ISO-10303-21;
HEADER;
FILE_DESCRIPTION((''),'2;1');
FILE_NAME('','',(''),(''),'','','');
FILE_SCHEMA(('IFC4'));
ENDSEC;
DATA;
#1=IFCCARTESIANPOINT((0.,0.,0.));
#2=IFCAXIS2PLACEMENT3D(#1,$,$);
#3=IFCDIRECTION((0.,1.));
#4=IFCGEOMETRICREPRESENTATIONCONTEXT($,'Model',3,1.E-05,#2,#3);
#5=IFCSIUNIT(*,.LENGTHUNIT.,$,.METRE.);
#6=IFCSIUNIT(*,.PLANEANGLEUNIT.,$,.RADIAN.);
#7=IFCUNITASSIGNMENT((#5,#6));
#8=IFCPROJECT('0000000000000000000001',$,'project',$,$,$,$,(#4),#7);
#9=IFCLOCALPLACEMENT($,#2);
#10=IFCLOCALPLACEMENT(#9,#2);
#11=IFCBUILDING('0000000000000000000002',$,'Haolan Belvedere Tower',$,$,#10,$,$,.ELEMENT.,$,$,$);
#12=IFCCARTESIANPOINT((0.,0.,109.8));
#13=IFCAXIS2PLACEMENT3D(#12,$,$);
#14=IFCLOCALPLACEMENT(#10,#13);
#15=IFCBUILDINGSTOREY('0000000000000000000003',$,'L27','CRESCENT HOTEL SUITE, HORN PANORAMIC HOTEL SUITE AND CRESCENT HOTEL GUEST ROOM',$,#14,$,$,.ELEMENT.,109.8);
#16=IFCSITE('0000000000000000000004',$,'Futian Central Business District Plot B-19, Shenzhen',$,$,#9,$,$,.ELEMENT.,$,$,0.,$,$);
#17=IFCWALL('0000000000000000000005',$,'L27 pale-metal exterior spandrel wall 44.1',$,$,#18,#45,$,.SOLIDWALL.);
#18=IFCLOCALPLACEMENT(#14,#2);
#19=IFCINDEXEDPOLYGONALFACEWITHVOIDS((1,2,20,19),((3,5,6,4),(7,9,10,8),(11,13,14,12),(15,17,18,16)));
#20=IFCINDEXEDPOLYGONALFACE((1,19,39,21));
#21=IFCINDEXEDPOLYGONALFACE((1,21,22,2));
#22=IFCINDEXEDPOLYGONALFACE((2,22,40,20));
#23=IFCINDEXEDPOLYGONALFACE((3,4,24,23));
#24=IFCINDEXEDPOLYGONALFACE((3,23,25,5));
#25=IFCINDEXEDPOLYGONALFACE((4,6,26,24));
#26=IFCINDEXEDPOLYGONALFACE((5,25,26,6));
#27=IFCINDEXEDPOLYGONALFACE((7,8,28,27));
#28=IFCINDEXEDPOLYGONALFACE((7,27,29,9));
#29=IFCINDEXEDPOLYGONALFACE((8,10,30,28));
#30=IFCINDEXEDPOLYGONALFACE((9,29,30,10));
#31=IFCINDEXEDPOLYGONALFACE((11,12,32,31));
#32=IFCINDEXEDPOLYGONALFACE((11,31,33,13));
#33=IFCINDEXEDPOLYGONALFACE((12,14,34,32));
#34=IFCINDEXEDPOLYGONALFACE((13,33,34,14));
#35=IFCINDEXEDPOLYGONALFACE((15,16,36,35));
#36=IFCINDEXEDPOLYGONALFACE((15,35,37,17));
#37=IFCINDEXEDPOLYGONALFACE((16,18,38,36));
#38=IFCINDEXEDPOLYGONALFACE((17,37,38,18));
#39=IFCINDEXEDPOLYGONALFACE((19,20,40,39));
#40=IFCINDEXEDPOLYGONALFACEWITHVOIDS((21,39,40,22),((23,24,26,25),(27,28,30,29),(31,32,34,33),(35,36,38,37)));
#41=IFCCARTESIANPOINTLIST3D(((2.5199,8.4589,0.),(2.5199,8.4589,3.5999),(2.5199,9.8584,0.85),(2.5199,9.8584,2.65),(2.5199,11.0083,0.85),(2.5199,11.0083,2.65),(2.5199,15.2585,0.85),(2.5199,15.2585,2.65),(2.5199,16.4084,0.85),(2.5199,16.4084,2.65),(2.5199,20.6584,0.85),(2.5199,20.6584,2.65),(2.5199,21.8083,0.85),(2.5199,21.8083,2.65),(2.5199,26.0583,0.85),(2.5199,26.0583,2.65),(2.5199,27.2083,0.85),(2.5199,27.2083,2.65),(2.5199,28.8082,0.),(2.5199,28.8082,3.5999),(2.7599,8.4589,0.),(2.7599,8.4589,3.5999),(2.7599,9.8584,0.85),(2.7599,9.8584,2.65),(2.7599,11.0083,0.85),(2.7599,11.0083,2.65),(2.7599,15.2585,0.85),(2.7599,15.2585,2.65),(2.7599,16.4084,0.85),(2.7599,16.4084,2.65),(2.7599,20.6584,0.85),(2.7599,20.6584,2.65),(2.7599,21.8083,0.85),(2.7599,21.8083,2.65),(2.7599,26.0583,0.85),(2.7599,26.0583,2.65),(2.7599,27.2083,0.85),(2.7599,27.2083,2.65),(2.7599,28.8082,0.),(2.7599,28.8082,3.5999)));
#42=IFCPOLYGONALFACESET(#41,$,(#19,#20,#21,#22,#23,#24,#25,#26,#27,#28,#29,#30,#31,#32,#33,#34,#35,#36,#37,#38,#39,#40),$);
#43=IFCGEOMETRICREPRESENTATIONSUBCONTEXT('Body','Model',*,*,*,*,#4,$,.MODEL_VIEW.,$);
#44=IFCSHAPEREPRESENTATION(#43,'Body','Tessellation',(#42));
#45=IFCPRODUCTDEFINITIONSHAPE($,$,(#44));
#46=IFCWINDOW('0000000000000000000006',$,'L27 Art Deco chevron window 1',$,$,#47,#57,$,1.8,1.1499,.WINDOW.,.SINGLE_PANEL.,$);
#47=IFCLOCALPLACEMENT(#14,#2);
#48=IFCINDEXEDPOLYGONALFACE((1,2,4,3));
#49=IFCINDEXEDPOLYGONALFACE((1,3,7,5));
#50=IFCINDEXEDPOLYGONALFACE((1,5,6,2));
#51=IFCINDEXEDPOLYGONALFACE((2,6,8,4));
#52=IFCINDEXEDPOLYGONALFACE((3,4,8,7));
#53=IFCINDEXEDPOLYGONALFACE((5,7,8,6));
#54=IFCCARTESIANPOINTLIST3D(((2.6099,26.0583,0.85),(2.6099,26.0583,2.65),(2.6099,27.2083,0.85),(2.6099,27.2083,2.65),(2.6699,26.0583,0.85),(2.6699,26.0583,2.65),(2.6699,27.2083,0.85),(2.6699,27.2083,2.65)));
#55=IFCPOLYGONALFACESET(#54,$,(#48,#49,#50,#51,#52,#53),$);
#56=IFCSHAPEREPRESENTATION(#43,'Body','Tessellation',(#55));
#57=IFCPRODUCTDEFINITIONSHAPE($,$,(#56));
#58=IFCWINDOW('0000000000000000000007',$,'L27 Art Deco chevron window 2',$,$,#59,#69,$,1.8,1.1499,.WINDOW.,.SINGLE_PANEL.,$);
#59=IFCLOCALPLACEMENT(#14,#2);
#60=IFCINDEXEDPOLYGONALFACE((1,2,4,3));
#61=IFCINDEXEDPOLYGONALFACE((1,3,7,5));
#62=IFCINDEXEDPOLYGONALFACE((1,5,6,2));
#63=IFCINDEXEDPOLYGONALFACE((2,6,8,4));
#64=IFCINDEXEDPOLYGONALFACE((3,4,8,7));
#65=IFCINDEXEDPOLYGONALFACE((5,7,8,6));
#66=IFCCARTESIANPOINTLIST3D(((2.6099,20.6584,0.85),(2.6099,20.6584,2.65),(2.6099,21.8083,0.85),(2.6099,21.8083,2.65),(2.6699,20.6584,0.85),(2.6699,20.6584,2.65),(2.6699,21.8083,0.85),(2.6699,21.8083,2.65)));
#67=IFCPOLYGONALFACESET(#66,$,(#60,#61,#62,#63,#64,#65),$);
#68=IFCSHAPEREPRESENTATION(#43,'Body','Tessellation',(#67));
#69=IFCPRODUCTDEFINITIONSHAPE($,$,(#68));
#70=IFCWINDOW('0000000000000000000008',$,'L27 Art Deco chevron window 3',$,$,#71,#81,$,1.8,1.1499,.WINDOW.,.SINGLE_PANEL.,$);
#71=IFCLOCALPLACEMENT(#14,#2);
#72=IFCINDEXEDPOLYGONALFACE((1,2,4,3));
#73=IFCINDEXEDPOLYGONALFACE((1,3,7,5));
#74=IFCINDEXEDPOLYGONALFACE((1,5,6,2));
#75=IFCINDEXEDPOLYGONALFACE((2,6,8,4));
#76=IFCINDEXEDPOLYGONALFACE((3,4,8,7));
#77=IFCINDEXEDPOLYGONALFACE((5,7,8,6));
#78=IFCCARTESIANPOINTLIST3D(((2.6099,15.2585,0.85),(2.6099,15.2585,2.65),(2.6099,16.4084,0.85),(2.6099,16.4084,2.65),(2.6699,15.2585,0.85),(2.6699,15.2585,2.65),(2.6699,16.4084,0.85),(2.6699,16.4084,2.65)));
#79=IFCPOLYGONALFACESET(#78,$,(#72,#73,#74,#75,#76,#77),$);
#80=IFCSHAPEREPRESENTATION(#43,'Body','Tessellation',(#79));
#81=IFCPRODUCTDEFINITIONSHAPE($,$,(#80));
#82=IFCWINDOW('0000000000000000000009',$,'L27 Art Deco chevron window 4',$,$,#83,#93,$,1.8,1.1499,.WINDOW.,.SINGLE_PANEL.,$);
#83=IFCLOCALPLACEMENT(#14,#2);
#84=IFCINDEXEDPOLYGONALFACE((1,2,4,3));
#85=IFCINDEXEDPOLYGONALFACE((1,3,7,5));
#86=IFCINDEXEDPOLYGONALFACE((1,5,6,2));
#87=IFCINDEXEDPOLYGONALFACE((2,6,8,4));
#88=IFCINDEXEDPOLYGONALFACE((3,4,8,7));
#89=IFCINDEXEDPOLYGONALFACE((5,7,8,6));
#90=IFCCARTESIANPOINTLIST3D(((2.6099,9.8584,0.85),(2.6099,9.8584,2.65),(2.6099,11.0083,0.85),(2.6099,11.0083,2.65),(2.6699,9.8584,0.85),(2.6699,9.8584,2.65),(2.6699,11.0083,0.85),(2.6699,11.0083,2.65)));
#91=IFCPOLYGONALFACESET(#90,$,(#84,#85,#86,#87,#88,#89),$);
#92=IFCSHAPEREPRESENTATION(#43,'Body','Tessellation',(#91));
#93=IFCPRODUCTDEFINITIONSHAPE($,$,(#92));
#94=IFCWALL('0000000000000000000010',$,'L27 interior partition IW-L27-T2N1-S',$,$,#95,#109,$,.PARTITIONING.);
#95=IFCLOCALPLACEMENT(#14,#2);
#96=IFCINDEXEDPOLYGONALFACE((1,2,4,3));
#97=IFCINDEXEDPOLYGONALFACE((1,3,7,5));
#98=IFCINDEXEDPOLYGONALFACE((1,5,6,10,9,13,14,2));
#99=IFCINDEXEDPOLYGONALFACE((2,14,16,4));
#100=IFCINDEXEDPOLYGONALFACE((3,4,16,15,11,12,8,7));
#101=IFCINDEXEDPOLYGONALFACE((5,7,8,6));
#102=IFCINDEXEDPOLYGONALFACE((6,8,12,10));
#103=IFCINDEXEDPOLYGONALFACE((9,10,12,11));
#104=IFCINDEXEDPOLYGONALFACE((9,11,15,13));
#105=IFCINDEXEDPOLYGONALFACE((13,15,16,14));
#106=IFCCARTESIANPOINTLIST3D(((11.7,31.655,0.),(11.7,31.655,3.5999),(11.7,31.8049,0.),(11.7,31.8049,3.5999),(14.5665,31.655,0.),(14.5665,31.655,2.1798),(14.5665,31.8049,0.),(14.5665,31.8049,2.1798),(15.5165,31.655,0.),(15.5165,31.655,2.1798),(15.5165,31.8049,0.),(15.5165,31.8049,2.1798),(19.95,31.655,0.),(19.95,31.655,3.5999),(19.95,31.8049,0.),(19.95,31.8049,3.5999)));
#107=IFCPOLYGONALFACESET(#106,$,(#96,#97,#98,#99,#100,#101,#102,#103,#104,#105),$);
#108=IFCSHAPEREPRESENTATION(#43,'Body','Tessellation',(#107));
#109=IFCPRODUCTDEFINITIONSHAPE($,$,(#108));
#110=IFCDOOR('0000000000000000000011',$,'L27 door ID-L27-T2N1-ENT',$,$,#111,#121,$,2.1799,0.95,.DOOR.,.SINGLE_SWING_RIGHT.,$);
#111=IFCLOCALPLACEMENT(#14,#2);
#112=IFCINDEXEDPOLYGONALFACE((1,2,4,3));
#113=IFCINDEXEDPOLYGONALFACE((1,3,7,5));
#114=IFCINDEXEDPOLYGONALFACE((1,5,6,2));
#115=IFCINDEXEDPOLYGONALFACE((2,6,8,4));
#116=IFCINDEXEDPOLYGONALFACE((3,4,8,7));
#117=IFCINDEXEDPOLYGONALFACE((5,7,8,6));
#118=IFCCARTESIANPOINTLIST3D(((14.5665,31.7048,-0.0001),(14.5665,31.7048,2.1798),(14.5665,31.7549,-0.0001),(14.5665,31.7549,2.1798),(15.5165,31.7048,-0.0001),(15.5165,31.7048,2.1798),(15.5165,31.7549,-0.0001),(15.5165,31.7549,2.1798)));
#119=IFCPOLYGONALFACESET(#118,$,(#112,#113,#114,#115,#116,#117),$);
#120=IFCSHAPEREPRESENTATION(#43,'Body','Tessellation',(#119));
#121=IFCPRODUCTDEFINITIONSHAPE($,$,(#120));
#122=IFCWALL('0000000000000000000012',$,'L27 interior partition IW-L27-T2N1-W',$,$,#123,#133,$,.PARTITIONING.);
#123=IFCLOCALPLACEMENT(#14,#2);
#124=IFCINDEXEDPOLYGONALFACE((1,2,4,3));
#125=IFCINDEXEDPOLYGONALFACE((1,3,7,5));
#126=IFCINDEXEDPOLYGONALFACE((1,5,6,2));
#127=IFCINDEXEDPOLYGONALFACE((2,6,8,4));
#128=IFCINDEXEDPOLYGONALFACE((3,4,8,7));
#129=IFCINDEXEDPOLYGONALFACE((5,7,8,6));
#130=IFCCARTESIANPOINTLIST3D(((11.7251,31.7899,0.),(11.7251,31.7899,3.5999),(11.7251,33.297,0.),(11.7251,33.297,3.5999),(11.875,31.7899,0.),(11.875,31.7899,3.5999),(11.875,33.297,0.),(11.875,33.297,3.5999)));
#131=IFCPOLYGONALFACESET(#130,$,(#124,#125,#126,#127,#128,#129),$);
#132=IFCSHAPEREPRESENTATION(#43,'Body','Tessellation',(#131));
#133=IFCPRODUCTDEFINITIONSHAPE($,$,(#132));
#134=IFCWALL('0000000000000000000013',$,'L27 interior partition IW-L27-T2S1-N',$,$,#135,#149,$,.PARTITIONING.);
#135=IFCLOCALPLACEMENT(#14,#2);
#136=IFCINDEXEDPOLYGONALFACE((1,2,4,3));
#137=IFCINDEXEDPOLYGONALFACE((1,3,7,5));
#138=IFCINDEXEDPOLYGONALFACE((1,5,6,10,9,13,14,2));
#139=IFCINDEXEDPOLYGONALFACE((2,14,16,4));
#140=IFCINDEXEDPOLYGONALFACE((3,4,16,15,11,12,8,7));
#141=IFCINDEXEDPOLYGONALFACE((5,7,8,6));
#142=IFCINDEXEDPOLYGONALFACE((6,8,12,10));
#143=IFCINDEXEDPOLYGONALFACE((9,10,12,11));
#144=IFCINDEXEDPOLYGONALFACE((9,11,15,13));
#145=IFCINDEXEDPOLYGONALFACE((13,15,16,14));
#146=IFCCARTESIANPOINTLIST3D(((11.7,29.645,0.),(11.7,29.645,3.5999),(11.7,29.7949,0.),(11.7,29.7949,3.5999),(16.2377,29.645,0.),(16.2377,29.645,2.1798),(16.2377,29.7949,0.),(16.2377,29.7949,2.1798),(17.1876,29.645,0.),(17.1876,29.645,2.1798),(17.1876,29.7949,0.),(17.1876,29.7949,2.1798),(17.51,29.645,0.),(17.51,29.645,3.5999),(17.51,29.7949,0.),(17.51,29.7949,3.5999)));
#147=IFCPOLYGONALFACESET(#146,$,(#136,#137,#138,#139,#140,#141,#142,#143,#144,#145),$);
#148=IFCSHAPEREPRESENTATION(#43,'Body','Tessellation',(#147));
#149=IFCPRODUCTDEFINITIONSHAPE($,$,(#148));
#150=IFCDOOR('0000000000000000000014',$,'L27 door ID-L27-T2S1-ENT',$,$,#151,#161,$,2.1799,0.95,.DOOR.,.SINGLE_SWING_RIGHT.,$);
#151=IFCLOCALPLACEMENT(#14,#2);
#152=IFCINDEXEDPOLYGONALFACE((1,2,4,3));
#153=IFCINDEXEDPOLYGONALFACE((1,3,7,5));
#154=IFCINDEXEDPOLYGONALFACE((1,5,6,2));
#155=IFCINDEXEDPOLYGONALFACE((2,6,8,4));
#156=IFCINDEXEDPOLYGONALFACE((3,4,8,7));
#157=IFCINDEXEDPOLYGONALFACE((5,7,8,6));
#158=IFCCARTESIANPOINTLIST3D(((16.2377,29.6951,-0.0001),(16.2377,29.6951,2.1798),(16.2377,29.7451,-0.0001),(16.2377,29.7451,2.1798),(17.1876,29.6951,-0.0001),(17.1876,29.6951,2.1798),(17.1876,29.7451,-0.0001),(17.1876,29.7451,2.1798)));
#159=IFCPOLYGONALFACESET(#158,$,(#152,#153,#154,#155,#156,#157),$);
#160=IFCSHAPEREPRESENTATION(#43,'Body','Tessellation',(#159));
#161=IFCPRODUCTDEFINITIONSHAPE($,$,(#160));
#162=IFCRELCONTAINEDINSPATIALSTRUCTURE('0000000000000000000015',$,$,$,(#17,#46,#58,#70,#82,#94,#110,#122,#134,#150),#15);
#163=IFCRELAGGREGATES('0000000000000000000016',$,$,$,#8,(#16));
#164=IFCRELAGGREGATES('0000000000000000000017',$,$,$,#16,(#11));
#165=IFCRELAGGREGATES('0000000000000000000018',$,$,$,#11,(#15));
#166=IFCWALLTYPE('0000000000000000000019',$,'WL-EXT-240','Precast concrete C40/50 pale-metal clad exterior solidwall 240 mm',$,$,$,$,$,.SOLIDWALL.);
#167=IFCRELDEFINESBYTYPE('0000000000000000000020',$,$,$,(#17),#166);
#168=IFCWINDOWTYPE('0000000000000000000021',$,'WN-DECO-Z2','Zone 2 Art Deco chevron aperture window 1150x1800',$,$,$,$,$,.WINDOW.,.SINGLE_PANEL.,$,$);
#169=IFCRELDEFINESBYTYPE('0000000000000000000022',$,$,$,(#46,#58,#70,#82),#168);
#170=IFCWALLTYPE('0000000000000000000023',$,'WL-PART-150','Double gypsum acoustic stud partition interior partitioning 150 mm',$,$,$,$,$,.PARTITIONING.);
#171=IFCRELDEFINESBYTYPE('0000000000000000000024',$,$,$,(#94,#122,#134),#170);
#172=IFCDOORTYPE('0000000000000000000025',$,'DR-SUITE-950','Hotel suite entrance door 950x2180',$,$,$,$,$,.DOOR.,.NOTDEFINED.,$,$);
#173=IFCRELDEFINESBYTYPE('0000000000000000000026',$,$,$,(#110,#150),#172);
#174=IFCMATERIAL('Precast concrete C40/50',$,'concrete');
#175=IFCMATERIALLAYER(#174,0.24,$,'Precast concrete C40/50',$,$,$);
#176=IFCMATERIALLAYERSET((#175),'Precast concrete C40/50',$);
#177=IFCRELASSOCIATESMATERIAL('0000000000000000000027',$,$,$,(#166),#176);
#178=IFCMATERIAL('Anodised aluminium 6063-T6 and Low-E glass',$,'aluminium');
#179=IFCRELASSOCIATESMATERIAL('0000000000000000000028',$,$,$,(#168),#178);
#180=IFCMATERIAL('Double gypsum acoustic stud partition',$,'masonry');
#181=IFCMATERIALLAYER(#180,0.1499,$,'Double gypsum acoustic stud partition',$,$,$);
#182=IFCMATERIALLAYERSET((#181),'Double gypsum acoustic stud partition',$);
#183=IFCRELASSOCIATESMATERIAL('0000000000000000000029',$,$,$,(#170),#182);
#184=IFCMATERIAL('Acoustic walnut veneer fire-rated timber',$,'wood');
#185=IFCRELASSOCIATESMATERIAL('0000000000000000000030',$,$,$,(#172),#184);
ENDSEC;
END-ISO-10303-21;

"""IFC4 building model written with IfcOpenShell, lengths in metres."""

from ifc_helpers import new_model, si_unit, direction, frame, frame_2d, origin, place, context, subcontext, project, spatial, rectangle, extrude, material, layer, layer_set, type_object, element, fill, save


model = new_model("IFC4")

# Units and contexts
model_context = context("Model", 3, precision=1e-05, world=origin(), true_north=direction((0.0, 1.0)))
body_context = subcontext(model_context, "Body", "Model", "MODEL_VIEW")
ifc_project = project(units=[si_unit("LENGTHUNIT", "METRE"), si_unit("PLANEANGLEUNIT", "RADIAN")], contexts=[model_context])

# Site, building, storey
site_placement = place(None, origin())
site = spatial("IfcSite", under=ifc_project, at=site_placement, Name="Futian Central Business District Plot B-19, Shenzhen", CompositionType="ELEMENT", RefElevation=0.0)
building_placement = place(site_placement, origin())
building = spatial("IfcBuilding", under=site, at=building_placement, Name="Haolan Belvedere Tower", CompositionType="ELEMENT")
storey_placement = place(building_placement, frame((0.0, 0.0, 109.8)))
storey = spatial("IfcBuildingStorey", under=building, at=storey_placement, Name="L27", Description="CRESCENT HOTEL SUITE, HORN PANORAMIC HOTEL SUITE AND CRESCENT HOTEL GUEST ROOM", CompositionType="ELEMENT", Elevation=109.8)

# Shared definitions
ifc_material_1 = material(Name="Precast concrete C40/50", Category="concrete")
ifc_layer_1 = layer(ifc_material_1, 0.24, Name="Precast concrete C40/50")
ifc_layer_set_1 = layer_set([ifc_layer_1], Name="Precast concrete C40/50")
wall_type_1 = type_object("IfcWallType", Name="WL-EXT-240", Description="Precast concrete C40/50 pale-metal clad exterior solidwall 240 mm", PredefinedType="SOLIDWALL", material=ifc_layer_set_1)

# Shared definitions
ifc_material_2 = material(Name="Anodised aluminium 6063-T6 and Low-E glass", Category="aluminium")
window_type = type_object("IfcWindowType", Name="WN-DECO-Z2", Description="Zone 2 Art Deco chevron aperture window 1150x1800", PartitioningType="SINGLE_PANEL", PredefinedType="WINDOW", material=ifc_material_2)

# Wall, openings, windows
wall_1_placement = place(storey_placement, frame((2.6399, 28.8083, 0.0), z_axis=(0.0, 0.0, 1.0), x_axis=(0.0, -1.0, 0.0)))
wall_1 = element("IfcWall", 1, at=wall_1_placement, inside=storey, type_object=wall_type_1, Name="L27 pale-metal exterior spandrel wall 44.1", PredefinedType="SOLIDWALL", context=body_context, shape_type="SweptSolid", body=[
    extrude(rectangle(XDim=20.3494, YDim=0.24, at=frame_2d((10.1748, 0.0))), origin(), (0.0, 0.0, 1.0), 3.5999),
])
opening_1_placement = place(wall_1_placement, frame((1.6001, 0.0, 0.8501)))
opening_1 = element("IfcOpeningElement", 2, at=opening_1_placement, cuts=wall_1, PredefinedType="OPENING", context=body_context, shape_type="SweptSolid", body=[
    extrude(rectangle(XDim=1.1499, YDim=1.8, at=frame_2d((0.575, 0.8999))), frame((0.0, 0.1299, 0.0), z_axis=(0.0, -1.0, 0.0), x_axis=(1.0, 0.0, 0.0)), (0.0, 0.0, 1.0), 0.26),
])
opening_2_placement = place(wall_1_placement, frame((7.0, 0.0, 0.8501)))
opening_2 = element("IfcOpeningElement", 3, at=opening_2_placement, cuts=wall_1, PredefinedType="OPENING", context=body_context, shape_type="SweptSolid", body=[
    extrude(rectangle(XDim=1.1499, YDim=1.8, at=frame_2d((0.575, 0.8999))), frame((0.0, 0.1299, 0.0), z_axis=(0.0, -1.0, 0.0), x_axis=(1.0, 0.0, 0.0)), (0.0, 0.0, 1.0), 0.26),
])
opening_3_placement = place(wall_1_placement, frame((12.3999, 0.0, 0.8501)))
opening_3 = element("IfcOpeningElement", 4, at=opening_3_placement, cuts=wall_1, PredefinedType="OPENING", context=body_context, shape_type="SweptSolid", body=[
    extrude(rectangle(XDim=1.1499, YDim=1.8, at=frame_2d((0.575, 0.8999))), frame((0.0, 0.1299, 0.0), z_axis=(0.0, -1.0, 0.0), x_axis=(1.0, 0.0, 0.0)), (0.0, 0.0, 1.0), 0.26),
])
opening_4_placement = place(wall_1_placement, frame((17.8, 0.0, 0.8501)))
opening_4 = element("IfcOpeningElement", 5, at=opening_4_placement, cuts=wall_1, PredefinedType="OPENING", context=body_context, shape_type="SweptSolid", body=[
    extrude(rectangle(XDim=1.1499, YDim=1.8, at=frame_2d((0.575, 0.8999))), frame((0.0, 0.1299, 0.0), z_axis=(0.0, -1.0, 0.0), x_axis=(1.0, 0.0, 0.0)), (0.0, 0.0, 1.0), 0.26),
])
window_1_placement = place(opening_1_placement, origin())
window_1 = element("IfcWindow", 6, at=window_1_placement, inside=storey, type_object=window_type, Name="L27 Art Deco chevron window 1", OverallHeight=1.8, OverallWidth=1.1499, PartitioningType="SINGLE_PANEL", PredefinedType="WINDOW", context=body_context, shape_type="SweptSolid", body=[
    extrude(rectangle(XDim=1.1499, YDim=1.8, at=frame_2d((0.575, 0.8999))), frame((0.0, 0.03, 0.0), z_axis=(0.0, -1.0, 0.0), x_axis=(1.0, 0.0, 0.0)), (0.0, 0.0, 1.0), 0.0601),
])
fill(opening_1, window_1)
window_2_placement = place(opening_2_placement, origin())
window_2 = element("IfcWindow", 7, at=window_2_placement, inside=storey, type_object=window_type, Name="L27 Art Deco chevron window 2", OverallHeight=1.8, OverallWidth=1.1499, PartitioningType="SINGLE_PANEL", PredefinedType="WINDOW", context=body_context, shape_type="SweptSolid", body=[
    extrude(rectangle(XDim=1.1499, YDim=1.8, at=frame_2d((0.575, 0.8999))), frame((0.0, 0.03, 0.0), z_axis=(0.0, -1.0, 0.0), x_axis=(1.0, 0.0, 0.0)), (0.0, 0.0, 1.0), 0.0601),
])
fill(opening_2, window_2)
window_3_placement = place(opening_3_placement, origin())
window_3 = element("IfcWindow", 8, at=window_3_placement, inside=storey, type_object=window_type, Name="L27 Art Deco chevron window 3", OverallHeight=1.8, OverallWidth=1.1499, PartitioningType="SINGLE_PANEL", PredefinedType="WINDOW", context=body_context, shape_type="SweptSolid", body=[
    extrude(rectangle(XDim=1.1499, YDim=1.8, at=frame_2d((0.575, 0.8999))), frame((0.0, 0.03, 0.0), z_axis=(0.0, -1.0, 0.0), x_axis=(1.0, 0.0, 0.0)), (0.0, 0.0, 1.0), 0.0601),
])
fill(opening_3, window_3)
window_4_placement = place(opening_4_placement, origin())
window_4 = element("IfcWindow", 9, at=window_4_placement, inside=storey, type_object=window_type, Name="L27 Art Deco chevron window 4", OverallHeight=1.8, OverallWidth=1.1499, PartitioningType="SINGLE_PANEL", PredefinedType="WINDOW", context=body_context, shape_type="SweptSolid", body=[
    extrude(rectangle(XDim=1.1499, YDim=1.8, at=frame_2d((0.575, 0.8999))), frame((0.0, 0.03, 0.0), z_axis=(0.0, -1.0, 0.0), x_axis=(1.0, 0.0, 0.0)), (0.0, 0.0, 1.0), 0.0601),
])
fill(opening_4, window_4)

# Wall, opening, door
ifc_material_3 = material(Name="Double gypsum acoustic stud partition", Category="masonry")
ifc_layer_2 = layer(ifc_material_3, 0.1499, Name="Double gypsum acoustic stud partition")
ifc_layer_set_2 = layer_set([ifc_layer_2], Name="Double gypsum acoustic stud partition")
wall_type_2 = type_object("IfcWallType", Name="WL-PART-150", Description="Double gypsum acoustic stud partition interior partitioning 150 mm", PredefinedType="PARTITIONING", material=ifc_layer_set_2)
wall_2_placement = place(storey_placement, frame((11.7, 31.73, 0.0), z_axis=(0.0, 0.0, 1.0), x_axis=(1.0, 0.0, 0.0)))
wall_2 = element("IfcWall", 10, at=wall_2_placement, inside=storey, type_object=wall_type_2, Name="L27 interior partition IW-L27-T2N1-S", PredefinedType="PARTITIONING", context=body_context, shape_type="SweptSolid", body=[
    extrude(rectangle(XDim=8.25, YDim=0.1499, at=frame_2d((4.125, 0.0))), origin(), (0.0, 0.0, 1.0), 3.5999),
])
opening_5_placement = place(wall_2_placement, frame((2.8665, 0.0, 0.0)))
opening_5 = element("IfcOpeningElement", 11, at=opening_5_placement, cuts=wall_2, PredefinedType="OPENING", context=body_context, shape_type="SweptSolid", body=[
    extrude(rectangle(XDim=0.95, YDim=2.1799, at=frame_2d((0.4751, 1.0898))), frame((0.0, 0.085, 0.0), z_axis=(0.0, -1.0, 0.0), x_axis=(1.0, 0.0, 0.0)), (0.0, 0.0, 1.0), 0.1699),
])
ifc_material_4 = material(Name="Acoustic walnut veneer fire-rated timber", Category="wood")
door_type = type_object("IfcDoorType", Name="DR-SUITE-950", Description="Hotel suite entrance door 950x2180", OperationType="NOTDEFINED", PredefinedType="DOOR", material=ifc_material_4)
door_1_placement = place(opening_5_placement, origin())
door_1 = element("IfcDoor", 12, at=door_1_placement, inside=storey, type_object=door_type, Name="L27 door ID-L27-T2N1-ENT", OperationType="SINGLE_SWING_RIGHT", OverallHeight=2.1799, OverallWidth=0.95, PredefinedType="DOOR", context=body_context, shape_type="SweptSolid", body=[
    extrude(rectangle(XDim=0.95, YDim=2.1799, at=frame_2d((0.4751, 1.0898))), frame((0.0, 0.0249, 0.0), z_axis=(0.0, -1.0, 0.0), x_axis=(1.0, 0.0, 0.0)), (0.0, 0.0, 1.0), 0.05),
])
fill(opening_5, door_1)

# Wall
wall_3_placement = place(storey_placement, frame((11.8, 31.79, 0.0), z_axis=(0.0, 0.0, 1.0), x_axis=(0.0, 1.0, 0.0)))
element("IfcWall", 13, at=wall_3_placement, inside=storey, type_object=wall_type_2, Name="L27 interior partition IW-L27-T2N1-W", PredefinedType="PARTITIONING", context=body_context, shape_type="SweptSolid", body=[
    extrude(rectangle(XDim=1.5071, YDim=0.1499, at=frame_2d((0.7534, 0.0))), origin(), (0.0, 0.0, 1.0), 3.5999),
])

# Wall, opening, door
wall_4_placement = place(storey_placement, frame((11.7, 29.72, 0.0), z_axis=(0.0, 0.0, 1.0), x_axis=(1.0, 0.0, 0.0)))
wall_4 = element("IfcWall", 14, at=wall_4_placement, inside=storey, type_object=wall_type_2, Name="L27 interior partition IW-L27-T2S1-N", PredefinedType="PARTITIONING", context=body_context, shape_type="SweptSolid", body=[
    extrude(rectangle(XDim=5.8101, YDim=0.1499, at=frame_2d((2.905, 0.0))), origin(), (0.0, 0.0, 1.0), 3.5999),
])
opening_6_placement = place(wall_4_placement, frame((5.4878, 0.0, 0.0), z_axis=(0.0, 0.0, 1.0), x_axis=(-1.0, 0.0, 0.0)))
opening_6 = element("IfcOpeningElement", 15, at=opening_6_placement, cuts=wall_4, PredefinedType="OPENING", context=body_context, shape_type="SweptSolid", body=[
    extrude(rectangle(XDim=0.95, YDim=2.1799, at=frame_2d((0.4751, 1.0898))), frame((0.0, 0.085, 0.0), z_axis=(0.0, -1.0, 0.0), x_axis=(1.0, 0.0, 0.0)), (0.0, 0.0, 1.0), 0.1699),
])
door_2_placement = place(opening_6_placement, origin())
door_2 = element("IfcDoor", 16, at=door_2_placement, inside=storey, type_object=door_type, Name="L27 door ID-L27-T2S1-ENT", OperationType="SINGLE_SWING_RIGHT", OverallHeight=2.1799, OverallWidth=0.95, PredefinedType="DOOR", context=body_context, shape_type="SweptSolid", body=[
    extrude(rectangle(XDim=0.95, YDim=2.1799, at=frame_2d((0.4751, 1.0898))), frame((0.0, 0.0249, 0.0), z_axis=(0.0, -1.0, 0.0), x_axis=(1.0, 0.0, 0.0)), (0.0, 0.0, 1.0), 0.05),
])
fill(opening_6, door_2)

save(model, "model.ifc")
